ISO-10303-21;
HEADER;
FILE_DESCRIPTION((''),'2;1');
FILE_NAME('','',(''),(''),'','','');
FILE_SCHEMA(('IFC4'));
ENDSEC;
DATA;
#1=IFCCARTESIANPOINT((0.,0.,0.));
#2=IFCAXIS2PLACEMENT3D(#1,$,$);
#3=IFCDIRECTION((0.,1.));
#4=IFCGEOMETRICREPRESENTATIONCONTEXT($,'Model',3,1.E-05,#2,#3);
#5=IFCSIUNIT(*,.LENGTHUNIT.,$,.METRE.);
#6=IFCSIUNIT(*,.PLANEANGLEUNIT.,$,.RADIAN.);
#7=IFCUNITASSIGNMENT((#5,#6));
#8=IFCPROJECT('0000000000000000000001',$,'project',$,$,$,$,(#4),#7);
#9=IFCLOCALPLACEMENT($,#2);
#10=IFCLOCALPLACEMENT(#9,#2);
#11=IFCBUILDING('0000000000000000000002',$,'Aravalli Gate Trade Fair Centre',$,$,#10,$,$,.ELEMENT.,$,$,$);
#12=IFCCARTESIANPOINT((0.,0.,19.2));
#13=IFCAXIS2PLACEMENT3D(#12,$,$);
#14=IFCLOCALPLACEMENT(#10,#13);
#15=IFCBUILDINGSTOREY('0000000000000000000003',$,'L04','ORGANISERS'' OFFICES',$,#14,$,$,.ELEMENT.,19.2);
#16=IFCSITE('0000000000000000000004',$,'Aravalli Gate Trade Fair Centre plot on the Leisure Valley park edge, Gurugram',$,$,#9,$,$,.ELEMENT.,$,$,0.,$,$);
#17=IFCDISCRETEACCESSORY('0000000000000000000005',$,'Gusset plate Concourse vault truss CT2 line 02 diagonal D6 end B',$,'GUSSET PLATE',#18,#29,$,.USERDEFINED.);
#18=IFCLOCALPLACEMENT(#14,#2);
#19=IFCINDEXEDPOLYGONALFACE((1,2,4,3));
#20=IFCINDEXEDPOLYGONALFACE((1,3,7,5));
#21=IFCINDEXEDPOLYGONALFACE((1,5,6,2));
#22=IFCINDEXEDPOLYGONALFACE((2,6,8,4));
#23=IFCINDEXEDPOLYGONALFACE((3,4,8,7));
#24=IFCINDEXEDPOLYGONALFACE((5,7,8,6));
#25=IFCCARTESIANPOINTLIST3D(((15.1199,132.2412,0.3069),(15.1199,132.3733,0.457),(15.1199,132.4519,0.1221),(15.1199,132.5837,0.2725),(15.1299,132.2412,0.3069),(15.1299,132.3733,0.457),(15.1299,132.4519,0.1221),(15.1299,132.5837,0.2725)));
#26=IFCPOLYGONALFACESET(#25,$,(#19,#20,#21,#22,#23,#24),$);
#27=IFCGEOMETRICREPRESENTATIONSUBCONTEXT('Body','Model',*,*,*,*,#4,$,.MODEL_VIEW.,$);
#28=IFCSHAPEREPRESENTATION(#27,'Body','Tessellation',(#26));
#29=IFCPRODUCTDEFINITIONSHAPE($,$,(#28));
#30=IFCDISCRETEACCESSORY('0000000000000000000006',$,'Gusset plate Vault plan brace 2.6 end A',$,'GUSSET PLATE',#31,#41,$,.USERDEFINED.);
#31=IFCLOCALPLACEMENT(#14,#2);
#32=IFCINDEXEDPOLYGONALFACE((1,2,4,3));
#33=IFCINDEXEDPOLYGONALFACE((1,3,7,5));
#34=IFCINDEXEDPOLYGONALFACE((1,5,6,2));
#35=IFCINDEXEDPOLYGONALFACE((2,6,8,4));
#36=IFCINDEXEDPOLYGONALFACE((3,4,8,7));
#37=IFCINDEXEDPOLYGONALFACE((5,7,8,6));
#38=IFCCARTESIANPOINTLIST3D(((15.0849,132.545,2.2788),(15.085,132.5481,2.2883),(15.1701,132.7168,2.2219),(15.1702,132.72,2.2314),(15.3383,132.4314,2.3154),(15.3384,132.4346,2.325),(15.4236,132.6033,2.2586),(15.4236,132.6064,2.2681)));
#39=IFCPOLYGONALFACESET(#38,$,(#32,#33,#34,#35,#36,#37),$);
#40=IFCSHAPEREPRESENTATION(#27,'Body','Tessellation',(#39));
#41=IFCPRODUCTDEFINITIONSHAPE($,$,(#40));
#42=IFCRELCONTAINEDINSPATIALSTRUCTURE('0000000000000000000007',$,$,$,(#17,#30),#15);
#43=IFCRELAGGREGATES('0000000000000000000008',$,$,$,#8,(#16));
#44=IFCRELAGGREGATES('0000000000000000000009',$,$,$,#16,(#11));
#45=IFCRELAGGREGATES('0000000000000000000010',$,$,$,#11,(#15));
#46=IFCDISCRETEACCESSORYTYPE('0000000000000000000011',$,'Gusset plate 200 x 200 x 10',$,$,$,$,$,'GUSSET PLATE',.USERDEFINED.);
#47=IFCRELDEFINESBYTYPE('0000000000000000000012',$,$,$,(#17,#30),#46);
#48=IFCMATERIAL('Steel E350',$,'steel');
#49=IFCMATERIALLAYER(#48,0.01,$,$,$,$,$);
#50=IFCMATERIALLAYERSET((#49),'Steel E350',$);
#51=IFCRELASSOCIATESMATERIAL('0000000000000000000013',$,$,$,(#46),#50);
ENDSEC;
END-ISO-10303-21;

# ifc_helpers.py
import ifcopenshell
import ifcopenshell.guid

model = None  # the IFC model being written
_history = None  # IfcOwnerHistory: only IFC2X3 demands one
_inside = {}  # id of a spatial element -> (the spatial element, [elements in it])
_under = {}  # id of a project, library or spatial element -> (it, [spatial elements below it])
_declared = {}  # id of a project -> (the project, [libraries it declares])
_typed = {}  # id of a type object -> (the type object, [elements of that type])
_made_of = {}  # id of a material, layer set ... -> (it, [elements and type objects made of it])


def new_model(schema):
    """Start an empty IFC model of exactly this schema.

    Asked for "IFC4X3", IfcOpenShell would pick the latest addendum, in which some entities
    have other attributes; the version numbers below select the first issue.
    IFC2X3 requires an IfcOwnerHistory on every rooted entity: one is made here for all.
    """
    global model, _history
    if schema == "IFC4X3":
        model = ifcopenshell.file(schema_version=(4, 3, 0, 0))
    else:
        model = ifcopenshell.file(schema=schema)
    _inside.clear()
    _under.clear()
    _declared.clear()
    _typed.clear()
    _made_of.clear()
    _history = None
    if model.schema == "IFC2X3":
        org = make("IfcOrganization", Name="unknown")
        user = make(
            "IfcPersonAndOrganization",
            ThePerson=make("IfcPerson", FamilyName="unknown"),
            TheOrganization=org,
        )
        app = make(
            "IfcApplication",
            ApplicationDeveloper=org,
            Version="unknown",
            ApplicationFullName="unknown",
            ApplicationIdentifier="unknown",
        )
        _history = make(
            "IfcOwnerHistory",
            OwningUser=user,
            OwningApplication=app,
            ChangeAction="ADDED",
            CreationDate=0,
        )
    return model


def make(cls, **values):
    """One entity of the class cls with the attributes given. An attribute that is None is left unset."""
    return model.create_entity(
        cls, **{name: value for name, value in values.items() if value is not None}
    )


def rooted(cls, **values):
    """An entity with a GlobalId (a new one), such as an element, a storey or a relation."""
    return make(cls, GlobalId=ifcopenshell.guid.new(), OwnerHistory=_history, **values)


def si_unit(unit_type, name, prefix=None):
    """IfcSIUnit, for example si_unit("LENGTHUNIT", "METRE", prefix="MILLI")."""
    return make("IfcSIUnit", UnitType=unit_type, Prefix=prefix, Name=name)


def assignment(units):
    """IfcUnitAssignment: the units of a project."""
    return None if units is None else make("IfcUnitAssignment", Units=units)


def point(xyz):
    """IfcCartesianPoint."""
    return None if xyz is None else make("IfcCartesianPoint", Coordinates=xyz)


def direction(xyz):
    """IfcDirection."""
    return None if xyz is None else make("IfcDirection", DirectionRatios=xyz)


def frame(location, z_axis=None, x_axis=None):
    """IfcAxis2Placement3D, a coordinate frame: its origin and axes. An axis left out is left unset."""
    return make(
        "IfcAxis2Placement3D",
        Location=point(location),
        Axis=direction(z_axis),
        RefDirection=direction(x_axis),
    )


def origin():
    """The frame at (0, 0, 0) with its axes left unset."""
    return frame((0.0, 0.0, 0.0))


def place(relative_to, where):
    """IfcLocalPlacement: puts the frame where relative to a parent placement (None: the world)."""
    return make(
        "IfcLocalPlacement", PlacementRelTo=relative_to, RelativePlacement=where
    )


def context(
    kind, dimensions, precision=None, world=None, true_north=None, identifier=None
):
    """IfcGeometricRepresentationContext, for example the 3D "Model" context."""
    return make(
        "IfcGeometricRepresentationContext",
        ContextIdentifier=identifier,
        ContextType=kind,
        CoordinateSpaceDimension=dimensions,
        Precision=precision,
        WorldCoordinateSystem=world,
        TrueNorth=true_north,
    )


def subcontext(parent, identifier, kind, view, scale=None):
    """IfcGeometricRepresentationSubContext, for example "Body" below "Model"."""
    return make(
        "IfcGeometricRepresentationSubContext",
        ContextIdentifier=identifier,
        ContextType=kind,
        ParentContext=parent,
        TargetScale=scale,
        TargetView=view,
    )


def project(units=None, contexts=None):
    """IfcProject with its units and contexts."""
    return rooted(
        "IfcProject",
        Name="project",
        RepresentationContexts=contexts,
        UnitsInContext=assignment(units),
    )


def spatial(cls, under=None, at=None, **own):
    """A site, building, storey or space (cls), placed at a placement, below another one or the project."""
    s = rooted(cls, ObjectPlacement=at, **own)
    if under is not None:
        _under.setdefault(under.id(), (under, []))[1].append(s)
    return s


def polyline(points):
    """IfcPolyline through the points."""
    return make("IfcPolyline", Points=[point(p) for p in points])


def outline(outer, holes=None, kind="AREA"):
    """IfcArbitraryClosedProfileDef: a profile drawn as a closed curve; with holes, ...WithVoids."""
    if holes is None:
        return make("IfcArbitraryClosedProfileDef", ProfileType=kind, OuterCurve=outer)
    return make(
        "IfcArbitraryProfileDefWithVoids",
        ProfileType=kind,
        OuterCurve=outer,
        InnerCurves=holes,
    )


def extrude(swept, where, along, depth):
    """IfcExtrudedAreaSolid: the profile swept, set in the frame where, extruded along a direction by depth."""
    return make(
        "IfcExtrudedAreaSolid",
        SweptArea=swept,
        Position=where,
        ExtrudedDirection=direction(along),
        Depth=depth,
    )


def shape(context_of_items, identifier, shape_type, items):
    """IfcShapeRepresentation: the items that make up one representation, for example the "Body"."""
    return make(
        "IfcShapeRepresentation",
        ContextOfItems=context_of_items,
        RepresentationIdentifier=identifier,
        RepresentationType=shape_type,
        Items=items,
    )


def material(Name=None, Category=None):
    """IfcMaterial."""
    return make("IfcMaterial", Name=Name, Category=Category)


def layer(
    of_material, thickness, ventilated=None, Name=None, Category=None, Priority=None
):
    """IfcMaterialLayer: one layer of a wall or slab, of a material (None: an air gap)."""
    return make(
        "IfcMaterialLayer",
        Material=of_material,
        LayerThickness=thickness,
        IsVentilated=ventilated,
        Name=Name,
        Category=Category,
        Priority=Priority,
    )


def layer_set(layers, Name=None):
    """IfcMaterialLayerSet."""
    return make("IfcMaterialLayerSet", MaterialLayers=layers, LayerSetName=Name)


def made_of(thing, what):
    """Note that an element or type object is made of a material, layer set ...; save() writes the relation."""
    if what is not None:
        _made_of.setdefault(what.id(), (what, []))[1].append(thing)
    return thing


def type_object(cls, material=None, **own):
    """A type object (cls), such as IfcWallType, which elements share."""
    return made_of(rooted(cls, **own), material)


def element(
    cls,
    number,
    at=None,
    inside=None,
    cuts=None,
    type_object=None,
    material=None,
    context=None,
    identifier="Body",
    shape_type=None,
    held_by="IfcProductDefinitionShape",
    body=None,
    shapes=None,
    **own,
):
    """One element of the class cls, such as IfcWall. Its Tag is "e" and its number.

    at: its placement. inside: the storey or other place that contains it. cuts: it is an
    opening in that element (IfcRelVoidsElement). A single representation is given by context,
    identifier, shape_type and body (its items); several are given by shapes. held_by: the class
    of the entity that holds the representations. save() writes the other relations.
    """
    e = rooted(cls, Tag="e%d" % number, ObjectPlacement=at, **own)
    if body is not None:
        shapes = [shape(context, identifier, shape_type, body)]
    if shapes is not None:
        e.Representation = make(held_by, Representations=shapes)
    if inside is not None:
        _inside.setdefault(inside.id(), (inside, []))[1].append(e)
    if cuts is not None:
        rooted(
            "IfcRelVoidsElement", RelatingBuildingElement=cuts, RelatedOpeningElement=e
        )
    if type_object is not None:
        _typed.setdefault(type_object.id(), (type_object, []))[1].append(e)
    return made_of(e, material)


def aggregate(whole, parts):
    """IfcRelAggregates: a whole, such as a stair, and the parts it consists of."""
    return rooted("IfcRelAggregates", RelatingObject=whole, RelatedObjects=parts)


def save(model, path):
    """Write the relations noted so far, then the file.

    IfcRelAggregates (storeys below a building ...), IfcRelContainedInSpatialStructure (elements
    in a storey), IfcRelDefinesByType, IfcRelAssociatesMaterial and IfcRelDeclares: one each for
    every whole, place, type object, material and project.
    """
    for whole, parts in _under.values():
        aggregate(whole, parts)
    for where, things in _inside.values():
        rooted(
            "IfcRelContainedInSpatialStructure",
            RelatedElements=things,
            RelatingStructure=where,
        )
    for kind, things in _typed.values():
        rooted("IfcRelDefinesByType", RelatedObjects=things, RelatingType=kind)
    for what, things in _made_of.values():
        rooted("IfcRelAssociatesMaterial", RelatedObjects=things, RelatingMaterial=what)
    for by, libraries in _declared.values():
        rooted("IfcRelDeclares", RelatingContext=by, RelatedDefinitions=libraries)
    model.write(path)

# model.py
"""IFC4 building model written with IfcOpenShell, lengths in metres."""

from ifc_helpers import new_model, si_unit, direction, frame, origin, place, context, subcontext, project, spatial, polyline, outline, extrude, material, layer, layer_set, type_object, element, save


model = new_model("IFC4")

# Units and contexts
model_context = context("Model", 3, precision=1e-05, world=origin(), true_north=direction((0.0, 1.0)))
body_context = subcontext(model_context, "Body", "Model", "MODEL_VIEW")
ifc_project = project(units=[si_unit("LENGTHUNIT", "METRE"), si_unit("PLANEANGLEUNIT", "RADIAN")], contexts=[model_context])

# Site, building, storey
site_placement = place(None, origin())
site = spatial("IfcSite", under=ifc_project, at=site_placement, Name="Aravalli Gate Trade Fair Centre plot on the Leisure Valley park edge, Gurugram", CompositionType="ELEMENT", RefElevation=0.0)
building_placement = place(site_placement, origin())
building = spatial("IfcBuilding", under=site, at=building_placement, Name="Aravalli Gate Trade Fair Centre", CompositionType="ELEMENT")
storey_placement = place(building_placement, frame((0.0, 0.0, 19.2)))
storey = spatial("IfcBuildingStorey", under=building, at=storey_placement, Name="L04", Description="ORGANISERS' OFFICES", CompositionType="ELEMENT", Elevation=19.2)

# Shared definitions
ifc_material_1 = material(Name="Steel E350", Category="steel")

# Discrete accessories
ifc_layer_1 = layer(ifc_material_1, 0.01)
ifc_layer_set_1 = layer_set([ifc_layer_1], Name="Steel E350")
discrete_accessory_type = type_object("IfcDiscreteAccessoryType", Name="Gusset plate 200 x 200 x 10", ElementType="GUSSET PLATE", PredefinedType="USERDEFINED", material=ifc_layer_set_1)
discrete_accessory_1_placement = place(storey_placement, frame((15.1299, 132.2412, 0.3069), z_axis=(1.0, 0.0, 0.0), x_axis=(0.0, 0.751767, -0.659429)))
element("IfcDiscreteAccessory", 1, at=discrete_accessory_1_placement, inside=storey, type_object=discrete_accessory_type, Name="Gusset plate Concourse vault truss CT2 line 02 diagonal D6 end B", ObjectType="GUSSET PLATE", PredefinedType="USERDEFINED", context=body_context, shape_type="SweptSolid", body=[
    extrude(outline(polyline([(0.0, 0.0), (0.2803, 0.0), (0.2802, 0.2), (0.0003, 0.2), (0.0, 0.0)])), origin(), (0.0, 0.0, -1.0), 0.01),
])
discrete_accessory_2_placement = place(storey_placement, frame((15.3384, 132.4346, 2.325), z_axis=(0.002919, 0.312898, 0.949782), x_axis=(-0.904777, 0.405319, -0.130748)))
element("IfcDiscreteAccessory", 2, at=discrete_accessory_2_placement, inside=storey, type_object=discrete_accessory_type, Name="Gusset plate Vault plan brace 2.6 end A", ObjectType="GUSSET PLATE", PredefinedType="USERDEFINED", context=body_context, shape_type="SweptSolid", body=[
    extrude(outline(polyline([(0.0, 0.0), (0.2801, 0.0), (0.2801, -0.2001), (0.0, -0.2001), (0.0, 0.0)])), origin(), (0.0, 0.0, -1.0), 0.01),
])

save(model, "model.ifc")
